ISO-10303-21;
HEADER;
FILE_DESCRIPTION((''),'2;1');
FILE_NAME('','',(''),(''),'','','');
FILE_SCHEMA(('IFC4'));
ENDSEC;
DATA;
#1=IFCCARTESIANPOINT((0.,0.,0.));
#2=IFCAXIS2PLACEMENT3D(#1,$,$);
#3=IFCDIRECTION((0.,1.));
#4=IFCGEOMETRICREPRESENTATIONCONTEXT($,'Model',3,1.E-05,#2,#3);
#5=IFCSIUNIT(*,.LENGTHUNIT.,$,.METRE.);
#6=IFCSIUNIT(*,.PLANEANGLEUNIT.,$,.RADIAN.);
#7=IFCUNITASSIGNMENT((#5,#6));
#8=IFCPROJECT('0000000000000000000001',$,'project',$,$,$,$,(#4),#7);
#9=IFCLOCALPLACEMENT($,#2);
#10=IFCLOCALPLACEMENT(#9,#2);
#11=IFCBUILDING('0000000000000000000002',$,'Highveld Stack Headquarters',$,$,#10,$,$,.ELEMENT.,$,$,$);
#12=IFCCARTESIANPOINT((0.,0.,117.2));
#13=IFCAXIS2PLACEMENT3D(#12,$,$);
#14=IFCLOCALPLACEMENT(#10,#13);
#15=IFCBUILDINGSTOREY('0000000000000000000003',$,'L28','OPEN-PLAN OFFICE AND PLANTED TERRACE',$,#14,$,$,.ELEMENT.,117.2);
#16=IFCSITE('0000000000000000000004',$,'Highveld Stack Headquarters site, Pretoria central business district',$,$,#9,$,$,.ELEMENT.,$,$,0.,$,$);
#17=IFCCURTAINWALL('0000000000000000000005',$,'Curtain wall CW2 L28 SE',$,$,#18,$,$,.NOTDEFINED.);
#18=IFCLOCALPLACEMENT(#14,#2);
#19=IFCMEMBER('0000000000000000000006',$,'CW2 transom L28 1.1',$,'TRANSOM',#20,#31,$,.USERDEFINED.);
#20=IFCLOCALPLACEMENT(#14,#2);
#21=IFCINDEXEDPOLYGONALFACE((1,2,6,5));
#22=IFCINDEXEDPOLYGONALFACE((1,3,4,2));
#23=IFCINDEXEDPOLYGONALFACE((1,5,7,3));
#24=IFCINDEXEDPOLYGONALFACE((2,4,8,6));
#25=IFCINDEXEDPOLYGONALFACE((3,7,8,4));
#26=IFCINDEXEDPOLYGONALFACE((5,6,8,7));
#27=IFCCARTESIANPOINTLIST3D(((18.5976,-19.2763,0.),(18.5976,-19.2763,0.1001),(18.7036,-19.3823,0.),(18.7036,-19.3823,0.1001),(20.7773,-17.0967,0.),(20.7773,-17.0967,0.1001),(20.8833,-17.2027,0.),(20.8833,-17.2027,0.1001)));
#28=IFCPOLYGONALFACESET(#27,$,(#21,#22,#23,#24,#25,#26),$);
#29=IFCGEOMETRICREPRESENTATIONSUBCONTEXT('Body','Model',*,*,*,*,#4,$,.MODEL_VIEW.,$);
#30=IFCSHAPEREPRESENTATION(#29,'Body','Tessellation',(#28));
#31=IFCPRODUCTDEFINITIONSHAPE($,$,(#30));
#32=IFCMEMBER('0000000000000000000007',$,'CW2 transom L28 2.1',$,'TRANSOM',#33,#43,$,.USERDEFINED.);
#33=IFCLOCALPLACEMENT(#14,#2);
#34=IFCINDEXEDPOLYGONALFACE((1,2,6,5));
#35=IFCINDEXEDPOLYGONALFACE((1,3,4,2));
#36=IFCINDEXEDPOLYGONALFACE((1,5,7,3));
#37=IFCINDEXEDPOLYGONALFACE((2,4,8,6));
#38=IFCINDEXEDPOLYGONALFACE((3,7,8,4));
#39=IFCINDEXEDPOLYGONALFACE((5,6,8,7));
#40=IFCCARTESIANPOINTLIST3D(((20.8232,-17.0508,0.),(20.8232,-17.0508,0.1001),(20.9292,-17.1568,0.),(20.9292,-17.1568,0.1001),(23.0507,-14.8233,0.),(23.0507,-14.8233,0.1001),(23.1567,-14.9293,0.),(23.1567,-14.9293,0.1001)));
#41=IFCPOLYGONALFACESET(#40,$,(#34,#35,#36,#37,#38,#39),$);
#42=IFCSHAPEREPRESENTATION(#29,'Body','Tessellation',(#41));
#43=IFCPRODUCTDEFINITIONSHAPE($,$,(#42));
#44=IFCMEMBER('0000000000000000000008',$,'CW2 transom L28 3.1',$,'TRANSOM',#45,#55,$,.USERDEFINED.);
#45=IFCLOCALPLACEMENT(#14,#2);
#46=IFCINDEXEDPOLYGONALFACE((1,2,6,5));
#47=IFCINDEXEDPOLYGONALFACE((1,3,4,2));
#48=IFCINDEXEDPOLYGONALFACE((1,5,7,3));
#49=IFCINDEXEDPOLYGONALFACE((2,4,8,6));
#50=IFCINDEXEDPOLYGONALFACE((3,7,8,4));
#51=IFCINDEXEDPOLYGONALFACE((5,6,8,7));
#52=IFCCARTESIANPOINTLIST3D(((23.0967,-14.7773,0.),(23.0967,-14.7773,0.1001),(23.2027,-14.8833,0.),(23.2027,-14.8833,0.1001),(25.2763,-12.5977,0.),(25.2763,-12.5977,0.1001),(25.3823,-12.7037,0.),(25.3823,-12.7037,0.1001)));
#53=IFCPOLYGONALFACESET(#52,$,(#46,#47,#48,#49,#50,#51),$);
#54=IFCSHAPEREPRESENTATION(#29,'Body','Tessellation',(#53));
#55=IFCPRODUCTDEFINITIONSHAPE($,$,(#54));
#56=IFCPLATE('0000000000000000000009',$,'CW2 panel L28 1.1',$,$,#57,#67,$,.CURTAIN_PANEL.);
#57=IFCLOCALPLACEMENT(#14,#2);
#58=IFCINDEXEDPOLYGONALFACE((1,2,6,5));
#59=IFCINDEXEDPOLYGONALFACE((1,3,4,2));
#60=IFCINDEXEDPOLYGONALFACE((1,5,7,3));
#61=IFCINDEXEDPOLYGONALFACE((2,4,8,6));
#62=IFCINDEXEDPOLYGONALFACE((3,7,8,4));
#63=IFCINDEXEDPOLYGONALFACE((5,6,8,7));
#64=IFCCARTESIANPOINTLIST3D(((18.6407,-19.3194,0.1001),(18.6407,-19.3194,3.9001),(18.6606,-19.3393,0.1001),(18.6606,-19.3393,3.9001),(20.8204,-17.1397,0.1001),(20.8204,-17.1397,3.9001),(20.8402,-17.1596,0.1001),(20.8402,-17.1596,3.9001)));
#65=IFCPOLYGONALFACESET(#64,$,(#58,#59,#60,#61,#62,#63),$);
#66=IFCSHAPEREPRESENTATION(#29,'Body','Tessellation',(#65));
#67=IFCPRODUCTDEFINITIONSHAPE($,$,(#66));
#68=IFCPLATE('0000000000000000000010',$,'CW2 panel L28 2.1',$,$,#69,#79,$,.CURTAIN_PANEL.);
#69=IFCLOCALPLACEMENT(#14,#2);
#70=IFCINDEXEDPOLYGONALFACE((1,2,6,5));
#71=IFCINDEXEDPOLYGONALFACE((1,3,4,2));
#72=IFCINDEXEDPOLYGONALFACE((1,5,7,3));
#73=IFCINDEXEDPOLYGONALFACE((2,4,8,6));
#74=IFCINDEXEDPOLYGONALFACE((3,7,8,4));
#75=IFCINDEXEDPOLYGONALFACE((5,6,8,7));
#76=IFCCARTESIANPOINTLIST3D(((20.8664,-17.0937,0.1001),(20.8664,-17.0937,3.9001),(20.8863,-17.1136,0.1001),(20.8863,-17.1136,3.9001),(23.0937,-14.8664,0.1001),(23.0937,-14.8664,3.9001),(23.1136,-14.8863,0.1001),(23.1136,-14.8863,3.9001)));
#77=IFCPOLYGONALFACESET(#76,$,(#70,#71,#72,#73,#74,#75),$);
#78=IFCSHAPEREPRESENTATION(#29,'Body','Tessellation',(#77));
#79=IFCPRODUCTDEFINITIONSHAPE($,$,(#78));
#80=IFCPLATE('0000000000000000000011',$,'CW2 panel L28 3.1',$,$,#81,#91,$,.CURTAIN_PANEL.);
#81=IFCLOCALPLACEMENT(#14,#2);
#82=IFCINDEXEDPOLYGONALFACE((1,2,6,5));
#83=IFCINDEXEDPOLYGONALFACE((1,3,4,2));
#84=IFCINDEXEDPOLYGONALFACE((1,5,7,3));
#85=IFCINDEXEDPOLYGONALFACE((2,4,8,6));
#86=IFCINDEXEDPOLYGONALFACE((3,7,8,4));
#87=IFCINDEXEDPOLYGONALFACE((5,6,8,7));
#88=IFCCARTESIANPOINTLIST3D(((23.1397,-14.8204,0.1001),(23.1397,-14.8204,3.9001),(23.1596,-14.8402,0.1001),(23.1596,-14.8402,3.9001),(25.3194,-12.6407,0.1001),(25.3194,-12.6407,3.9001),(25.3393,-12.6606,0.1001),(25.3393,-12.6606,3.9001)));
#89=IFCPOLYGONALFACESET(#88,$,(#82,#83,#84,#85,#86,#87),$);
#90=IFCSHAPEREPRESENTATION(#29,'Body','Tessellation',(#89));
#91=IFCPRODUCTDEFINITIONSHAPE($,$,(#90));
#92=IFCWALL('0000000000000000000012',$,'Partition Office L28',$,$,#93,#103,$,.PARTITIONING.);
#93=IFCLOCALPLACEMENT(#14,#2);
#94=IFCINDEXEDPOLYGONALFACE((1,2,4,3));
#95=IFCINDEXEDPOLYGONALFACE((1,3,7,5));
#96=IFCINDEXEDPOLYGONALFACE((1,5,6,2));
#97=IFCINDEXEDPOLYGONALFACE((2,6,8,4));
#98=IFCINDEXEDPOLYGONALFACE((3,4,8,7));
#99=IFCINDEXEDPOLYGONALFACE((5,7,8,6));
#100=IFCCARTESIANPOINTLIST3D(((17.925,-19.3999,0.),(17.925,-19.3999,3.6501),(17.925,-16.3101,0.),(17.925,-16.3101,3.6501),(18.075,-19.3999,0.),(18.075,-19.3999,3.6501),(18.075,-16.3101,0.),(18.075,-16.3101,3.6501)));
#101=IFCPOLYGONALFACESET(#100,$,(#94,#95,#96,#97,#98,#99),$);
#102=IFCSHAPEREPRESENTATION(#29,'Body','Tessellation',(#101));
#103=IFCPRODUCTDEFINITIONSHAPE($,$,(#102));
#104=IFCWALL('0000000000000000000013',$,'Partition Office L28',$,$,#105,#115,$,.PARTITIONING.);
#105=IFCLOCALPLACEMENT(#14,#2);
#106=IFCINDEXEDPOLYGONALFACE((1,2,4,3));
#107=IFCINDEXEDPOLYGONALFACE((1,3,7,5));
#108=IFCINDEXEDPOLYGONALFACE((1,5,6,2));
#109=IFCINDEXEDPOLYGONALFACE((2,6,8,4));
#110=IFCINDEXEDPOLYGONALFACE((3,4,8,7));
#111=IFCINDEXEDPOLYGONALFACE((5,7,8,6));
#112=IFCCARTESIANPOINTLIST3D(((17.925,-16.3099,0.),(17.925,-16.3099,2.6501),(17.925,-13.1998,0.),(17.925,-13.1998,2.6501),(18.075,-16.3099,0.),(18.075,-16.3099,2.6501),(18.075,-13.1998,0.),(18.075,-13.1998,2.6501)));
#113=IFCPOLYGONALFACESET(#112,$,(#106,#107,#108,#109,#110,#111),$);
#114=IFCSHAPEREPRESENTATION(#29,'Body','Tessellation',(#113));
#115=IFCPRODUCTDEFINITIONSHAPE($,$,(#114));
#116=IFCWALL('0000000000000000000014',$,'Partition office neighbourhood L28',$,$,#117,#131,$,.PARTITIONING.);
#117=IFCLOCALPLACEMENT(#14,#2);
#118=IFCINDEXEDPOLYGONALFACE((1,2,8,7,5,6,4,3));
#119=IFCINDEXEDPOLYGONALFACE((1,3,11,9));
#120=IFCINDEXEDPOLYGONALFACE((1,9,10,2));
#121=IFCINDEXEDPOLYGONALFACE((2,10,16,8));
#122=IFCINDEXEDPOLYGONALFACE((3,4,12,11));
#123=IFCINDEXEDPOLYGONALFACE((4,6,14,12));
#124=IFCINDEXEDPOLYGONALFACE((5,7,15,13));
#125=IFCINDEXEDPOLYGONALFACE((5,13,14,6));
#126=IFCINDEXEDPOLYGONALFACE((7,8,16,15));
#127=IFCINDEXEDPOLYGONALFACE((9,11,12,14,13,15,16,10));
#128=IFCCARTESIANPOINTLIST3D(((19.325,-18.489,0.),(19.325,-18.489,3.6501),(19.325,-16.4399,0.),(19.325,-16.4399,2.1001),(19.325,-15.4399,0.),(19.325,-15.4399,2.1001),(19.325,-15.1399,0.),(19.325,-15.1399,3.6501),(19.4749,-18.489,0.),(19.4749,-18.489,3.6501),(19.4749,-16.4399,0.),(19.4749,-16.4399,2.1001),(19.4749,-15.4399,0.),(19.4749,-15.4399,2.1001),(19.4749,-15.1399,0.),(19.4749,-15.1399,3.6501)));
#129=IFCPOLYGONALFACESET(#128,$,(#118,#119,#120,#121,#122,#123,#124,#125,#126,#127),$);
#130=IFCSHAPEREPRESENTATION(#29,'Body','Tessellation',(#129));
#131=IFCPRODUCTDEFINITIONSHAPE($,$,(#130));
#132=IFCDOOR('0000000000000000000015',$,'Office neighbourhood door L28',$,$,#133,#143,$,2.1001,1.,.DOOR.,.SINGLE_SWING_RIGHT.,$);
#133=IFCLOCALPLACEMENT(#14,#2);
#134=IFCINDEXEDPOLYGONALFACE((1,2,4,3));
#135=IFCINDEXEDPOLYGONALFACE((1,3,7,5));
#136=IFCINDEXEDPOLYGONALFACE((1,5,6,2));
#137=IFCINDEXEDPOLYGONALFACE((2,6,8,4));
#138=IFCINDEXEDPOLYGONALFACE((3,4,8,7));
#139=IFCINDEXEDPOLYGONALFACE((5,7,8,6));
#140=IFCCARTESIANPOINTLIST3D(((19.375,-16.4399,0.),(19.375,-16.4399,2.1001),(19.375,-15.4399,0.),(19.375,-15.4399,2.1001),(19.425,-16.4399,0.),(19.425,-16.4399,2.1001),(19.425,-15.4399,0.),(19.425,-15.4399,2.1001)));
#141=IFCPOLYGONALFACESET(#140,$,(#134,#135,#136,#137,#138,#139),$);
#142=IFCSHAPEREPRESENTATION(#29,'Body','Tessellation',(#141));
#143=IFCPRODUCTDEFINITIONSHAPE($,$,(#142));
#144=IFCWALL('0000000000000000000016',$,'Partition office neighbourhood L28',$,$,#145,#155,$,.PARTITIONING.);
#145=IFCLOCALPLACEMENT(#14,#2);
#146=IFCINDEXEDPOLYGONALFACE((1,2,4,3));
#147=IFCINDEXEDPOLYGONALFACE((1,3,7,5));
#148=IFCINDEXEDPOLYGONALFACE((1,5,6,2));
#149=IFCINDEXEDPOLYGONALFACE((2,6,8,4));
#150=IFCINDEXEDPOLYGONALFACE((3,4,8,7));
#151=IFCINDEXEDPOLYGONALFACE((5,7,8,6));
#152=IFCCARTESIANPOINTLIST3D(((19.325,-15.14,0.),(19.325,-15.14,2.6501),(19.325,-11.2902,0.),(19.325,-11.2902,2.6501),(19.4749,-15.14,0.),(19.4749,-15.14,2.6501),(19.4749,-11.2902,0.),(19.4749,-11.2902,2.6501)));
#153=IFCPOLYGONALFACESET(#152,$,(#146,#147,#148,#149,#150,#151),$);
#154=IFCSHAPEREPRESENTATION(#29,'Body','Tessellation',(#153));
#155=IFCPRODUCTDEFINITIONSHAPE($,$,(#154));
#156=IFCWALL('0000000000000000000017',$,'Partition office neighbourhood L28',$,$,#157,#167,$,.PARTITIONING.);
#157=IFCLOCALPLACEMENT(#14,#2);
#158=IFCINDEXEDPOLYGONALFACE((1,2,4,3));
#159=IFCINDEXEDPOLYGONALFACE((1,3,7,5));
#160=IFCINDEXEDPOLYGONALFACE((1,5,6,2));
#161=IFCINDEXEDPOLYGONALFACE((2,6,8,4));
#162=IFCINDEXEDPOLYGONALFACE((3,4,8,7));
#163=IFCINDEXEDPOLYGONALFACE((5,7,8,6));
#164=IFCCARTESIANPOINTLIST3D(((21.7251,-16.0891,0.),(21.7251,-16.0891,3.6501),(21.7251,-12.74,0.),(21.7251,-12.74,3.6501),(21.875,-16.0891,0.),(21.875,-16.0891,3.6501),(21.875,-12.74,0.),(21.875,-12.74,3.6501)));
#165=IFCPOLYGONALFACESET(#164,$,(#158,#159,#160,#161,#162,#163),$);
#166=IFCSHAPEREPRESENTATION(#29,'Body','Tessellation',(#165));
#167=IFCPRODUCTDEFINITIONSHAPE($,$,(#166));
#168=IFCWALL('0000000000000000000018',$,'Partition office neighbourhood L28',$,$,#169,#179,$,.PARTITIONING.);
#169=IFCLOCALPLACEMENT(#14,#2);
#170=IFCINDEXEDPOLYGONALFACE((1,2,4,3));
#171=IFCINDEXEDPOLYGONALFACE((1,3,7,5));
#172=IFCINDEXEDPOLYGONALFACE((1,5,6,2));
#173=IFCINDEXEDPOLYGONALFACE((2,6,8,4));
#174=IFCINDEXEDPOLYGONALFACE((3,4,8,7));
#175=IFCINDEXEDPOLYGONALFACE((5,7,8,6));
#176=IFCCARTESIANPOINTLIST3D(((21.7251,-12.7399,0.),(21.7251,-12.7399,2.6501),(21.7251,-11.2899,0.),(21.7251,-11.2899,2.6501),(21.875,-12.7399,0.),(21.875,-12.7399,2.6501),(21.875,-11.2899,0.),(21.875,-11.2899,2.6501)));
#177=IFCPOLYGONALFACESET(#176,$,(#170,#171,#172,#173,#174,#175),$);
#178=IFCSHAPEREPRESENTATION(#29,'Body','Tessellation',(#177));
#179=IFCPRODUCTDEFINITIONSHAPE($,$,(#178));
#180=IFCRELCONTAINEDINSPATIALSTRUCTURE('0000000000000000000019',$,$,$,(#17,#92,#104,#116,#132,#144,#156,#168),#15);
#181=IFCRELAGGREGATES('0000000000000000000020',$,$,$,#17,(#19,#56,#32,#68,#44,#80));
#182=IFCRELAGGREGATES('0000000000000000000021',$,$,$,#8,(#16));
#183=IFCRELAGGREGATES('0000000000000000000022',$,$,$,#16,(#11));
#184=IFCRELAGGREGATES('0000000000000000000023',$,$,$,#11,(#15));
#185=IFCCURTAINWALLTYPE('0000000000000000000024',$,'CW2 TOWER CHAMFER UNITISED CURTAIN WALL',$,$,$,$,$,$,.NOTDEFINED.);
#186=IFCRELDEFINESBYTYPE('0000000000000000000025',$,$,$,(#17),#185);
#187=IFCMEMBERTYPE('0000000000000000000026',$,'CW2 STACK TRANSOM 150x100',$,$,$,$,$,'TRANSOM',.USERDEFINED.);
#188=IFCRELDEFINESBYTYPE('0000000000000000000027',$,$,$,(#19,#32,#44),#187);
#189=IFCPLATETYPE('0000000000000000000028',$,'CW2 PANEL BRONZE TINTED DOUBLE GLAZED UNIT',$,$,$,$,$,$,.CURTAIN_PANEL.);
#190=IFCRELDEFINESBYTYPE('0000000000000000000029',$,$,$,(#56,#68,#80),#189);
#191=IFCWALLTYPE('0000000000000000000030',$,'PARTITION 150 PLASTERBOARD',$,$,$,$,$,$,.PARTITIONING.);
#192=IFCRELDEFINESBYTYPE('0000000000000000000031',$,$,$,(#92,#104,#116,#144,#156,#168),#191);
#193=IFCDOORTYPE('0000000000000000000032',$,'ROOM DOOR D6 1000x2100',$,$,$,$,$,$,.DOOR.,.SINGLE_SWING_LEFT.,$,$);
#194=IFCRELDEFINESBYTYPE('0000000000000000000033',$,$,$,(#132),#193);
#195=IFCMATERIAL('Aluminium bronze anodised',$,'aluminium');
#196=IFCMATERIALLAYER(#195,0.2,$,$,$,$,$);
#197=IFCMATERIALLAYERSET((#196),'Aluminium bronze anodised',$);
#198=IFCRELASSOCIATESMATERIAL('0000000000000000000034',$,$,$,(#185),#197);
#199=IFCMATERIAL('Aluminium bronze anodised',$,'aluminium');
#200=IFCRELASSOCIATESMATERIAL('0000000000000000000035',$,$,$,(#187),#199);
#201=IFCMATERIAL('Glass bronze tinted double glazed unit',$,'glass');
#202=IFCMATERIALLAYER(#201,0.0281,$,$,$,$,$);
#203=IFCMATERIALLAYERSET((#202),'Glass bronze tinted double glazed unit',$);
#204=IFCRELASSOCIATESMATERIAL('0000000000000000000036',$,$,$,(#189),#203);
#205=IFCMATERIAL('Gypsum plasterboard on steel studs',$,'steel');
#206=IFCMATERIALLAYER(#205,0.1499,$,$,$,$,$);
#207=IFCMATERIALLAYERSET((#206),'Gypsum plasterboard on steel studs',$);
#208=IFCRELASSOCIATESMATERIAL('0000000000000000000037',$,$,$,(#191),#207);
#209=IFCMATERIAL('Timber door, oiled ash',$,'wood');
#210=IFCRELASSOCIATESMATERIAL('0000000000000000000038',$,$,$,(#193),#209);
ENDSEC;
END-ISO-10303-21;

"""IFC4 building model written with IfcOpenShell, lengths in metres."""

from ifc_helpers import new_model, si_unit, direction, frame, frame_2d, origin, origin_2d, place, context, subcontext, project, spatial, rectangle, extrude, material, layer, layer_set, material_profile, profile_set, type_object, element, fill, aggregate, save


model = new_model("IFC4")

# Units and contexts
model_context = context("Model", 3, precision=1e-05, world=origin(), true_north=direction((0.0, 1.0)))
body_context = subcontext(model_context, "Body", "Model", "MODEL_VIEW")
ifc_project = project(units=[si_unit("LENGTHUNIT", "METRE"), si_unit("PLANEANGLEUNIT", "RADIAN")], contexts=[model_context])

# Site, building, storey
site_placement = place(None, origin())
site = spatial("IfcSite", under=ifc_project, at=site_placement, Name="Highveld Stack Headquarters site, Pretoria central business district", CompositionType="ELEMENT", RefElevation=0.0)
building_placement = place(site_placement, origin())
building = spatial("IfcBuilding", under=site, at=building_placement, Name="Highveld Stack Headquarters", CompositionType="ELEMENT")
storey_placement = place(building_placement, frame((0.0, 0.0, 117.2)))
storey = spatial("IfcBuildingStorey", under=building, at=storey_placement, Name="L28", Description="OPEN-PLAN OFFICE AND PLANTED TERRACE", CompositionType="ELEMENT", Elevation=117.2)

# Curtain wall, members, plates
ifc_material_1 = material(Name="Aluminium bronze anodised", Category="aluminium")
ifc_layer_1 = layer(ifc_material_1, 0.2)
ifc_layer_set_1 = layer_set([ifc_layer_1], Name="Aluminium bronze anodised")
curtain_wall_type_1 = type_object("IfcCurtainWallType", Name="CW2 TOWER CHAMFER UNITISED CURTAIN WALL", PredefinedType="NOTDEFINED", material=ifc_layer_set_1)
curtain_wall_1_placement = place(storey_placement, origin())
curtain_wall_1 = element("IfcCurtainWall", 1, at=curtain_wall_1_placement, inside=storey, type_object=curtain_wall_type_1, Name="Curtain wall CW2 L28 SE", PredefinedType="NOTDEFINED")
ifc_material_2 = material(Name="Aluminium bronze anodised", Category="aluminium")
ifc_material_profile_1 = material_profile(ifc_material_2, rectangle(XDim=0.1499, YDim=0.1001, at=origin_2d()), Name="CW2 TRANSOM 150x100")
ifc_profile_set_1 = profile_set([ifc_material_profile_1], Name="Aluminium bronze anodised")
member_type_1 = type_object("IfcMemberType", Name="CW2 STACK TRANSOM 150x100", ElementType="TRANSOM", PredefinedType="USERDEFINED", material=ifc_profile_set_1)
member_1_placement = place(storey_placement, frame((18.6506, -19.3293, 0.05), z_axis=(0.707107, 0.707107, 0.0), x_axis=(-0.707107, 0.707107, 0.0)))
member_1 = element("IfcMember", 2, at=member_1_placement, type_object=member_type_1, Name="CW2 transom L28 1.1", ObjectType="TRANSOM", PredefinedType="USERDEFINED", context=body_context, shape_type="SweptSolid", body=[
    extrude(rectangle(XDim=0.1499, YDim=0.1001, at=origin_2d()), origin(), (0.0, 0.0, 1.0), 3.0825),
])
member_2_placement = place(storey_placement, frame((20.8762, -17.1038, 0.05), z_axis=(0.707107, 0.707107, 0.0), x_axis=(-0.707107, 0.707107, 0.0)))
member_2 = element("IfcMember", 3, at=member_2_placement, type_object=member_type_1, Name="CW2 transom L28 2.1", ObjectType="TRANSOM", PredefinedType="USERDEFINED", context=body_context, shape_type="SweptSolid", body=[
    extrude(rectangle(XDim=0.1499, YDim=0.1001, at=origin_2d()), origin(), (0.0, 0.0, 1.0), 3.1501),
])
member_3_placement = place(storey_placement, frame((23.1497, -14.8303, 0.05), z_axis=(0.707107, 0.707107, 0.0), x_axis=(-0.707107, 0.707107, 0.0)))
member_3 = element("IfcMember", 4, at=member_3_placement, type_object=member_type_1, Name="CW2 transom L28 3.1", ObjectType="TRANSOM", PredefinedType="USERDEFINED", context=body_context, shape_type="SweptSolid", body=[
    extrude(rectangle(XDim=0.1499, YDim=0.1001, at=origin_2d()), origin(), (0.0, 0.0, 1.0), 3.0825),
])
ifc_material_3 = material(Name="Glass bronze tinted double glazed unit", Category="glass")
ifc_layer_2 = layer(ifc_material_3, 0.0281)
ifc_layer_set_2 = layer_set([ifc_layer_2], Name="Glass bronze tinted double glazed unit")
plate_type = type_object("IfcPlateType", Name="CW2 PANEL BRONZE TINTED DOUBLE GLAZED UNIT", PredefinedType="CURTAIN_PANEL", material=ifc_layer_set_2)
plate_1_placement = place(storey_placement, frame((19.7405, -18.2395, 0.1001), z_axis=(0.0, 0.0, 1.0), x_axis=(0.707107, 0.707107, 0.0)))
plate_1 = element("IfcPlate", 5, at=plate_1_placement, type_object=plate_type, Name="CW2 panel L28 1.1", PredefinedType="CURTAIN_PANEL", context=body_context, shape_type="SweptSolid", body=[
    extrude(rectangle(XDim=3.0825, YDim=0.0281, at=origin_2d()), origin(), (0.0, 0.0, 1.0), 3.8),
])
plate_2_placement = place(storey_placement, frame((21.99, -15.99, 0.1001), z_axis=(0.0, 0.0, 1.0), x_axis=(0.707107, 0.707107, 0.0)))
plate_2 = element("IfcPlate", 6, at=plate_2_placement, type_object=plate_type, Name="CW2 panel L28 2.1", PredefinedType="CURTAIN_PANEL", context=body_context, shape_type="SweptSolid", body=[
    extrude(rectangle(XDim=3.1499, YDim=0.0281, at=origin_2d()), origin(), (0.0, 0.0, 1.0), 3.8),
])
plate_3_placement = place(storey_placement, frame((24.2395, -13.7405, 0.1001), z_axis=(0.0, 0.0, 1.0), x_axis=(0.707107, 0.707107, 0.0)))
plate_3 = element("IfcPlate", 7, at=plate_3_placement, type_object=plate_type, Name="CW2 panel L28 3.1", PredefinedType="CURTAIN_PANEL", context=body_context, shape_type="SweptSolid", body=[
    extrude(rectangle(XDim=3.0825, YDim=0.0281, at=origin_2d()), origin(), (0.0, 0.0, 1.0), 3.8),
])
aggregate(curtain_wall_1, [member_1, plate_1, member_2, plate_2, member_3, plate_3])

# Walls
ifc_material_4 = material(Name="Gypsum plasterboard on steel studs", Category="steel")
ifc_layer_3 = layer(ifc_material_4, 0.1499)
ifc_layer_set_3 = layer_set([ifc_layer_3], Name="Gypsum plasterboard on steel studs")
wall_type = type_object("IfcWallType", Name="PARTITION 150 PLASTERBOARD", PredefinedType="PARTITIONING", material=ifc_layer_set_3)
wall_1_placement = place(storey_placement, frame((18.0, -19.3999, 0.0), z_axis=(0.0, 0.0, 1.0), x_axis=(0.0, 1.0, 0.0)))
element("IfcWall", 8, at=wall_1_placement, inside=storey, type_object=wall_type, Name="Partition Office L28", PredefinedType="PARTITIONING", context=body_context, shape_type="SweptSolid", body=[
    extrude(rectangle(XDim=3.0898, YDim=0.1499, at=frame_2d((1.5449, 0.0))), origin(), (0.0, 0.0, 1.0), 3.6501),
])
wall_2_placement = place(storey_placement, frame((18.0, -16.3101, 0.0), z_axis=(0.0, 0.0, 1.0), x_axis=(0.0, 1.0, 0.0)))
element("IfcWall", 9, at=wall_2_placement, inside=storey, type_object=wall_type, Name="Partition Office L28", PredefinedType="PARTITIONING", context=body_context, shape_type="SweptSolid", body=[
    extrude(rectangle(XDim=3.1101, YDim=0.1499, at=frame_2d((1.5552, 0.0))), origin(), (0.0, 0.0, 1.0), 2.6501),
])

# Wall, opening, door
wall_3_placement = place(storey_placement, frame((19.3999, -18.489, 0.0), z_axis=(0.0, 0.0, 1.0), x_axis=(0.0, 1.0, 0.0)))
wall_3 = element("IfcWall", 10, at=wall_3_placement, inside=storey, type_object=wall_type, Name="Partition office neighbourhood L28", PredefinedType="PARTITIONING", context=body_context, shape_type="SweptSolid", body=[
    extrude(rectangle(XDim=3.3491, YDim=0.1499, at=frame_2d((1.6746, 0.0))), origin(), (0.0, 0.0, 1.0), 3.6501),
])
opening_placement = place(wall_3_placement, frame((2.0491, 0.0, 0.0)))
opening = element("IfcOpeningElement", 11, at=opening_placement, cuts=wall_3, PredefinedType="OPENING", context=body_context, shape_type="SweptSolid", body=[
    extrude(rectangle(XDim=1.0, YDim=2.1001, at=frame_2d((0.5, 1.05))), frame((0.0, 0.085, 0.0), z_axis=(0.0, -1.0, 0.0), x_axis=(1.0, 0.0, 0.0)), (0.0, 0.0, 1.0), 0.1699),
])
ifc_material_5 = material(Name="Timber door, oiled ash", Category="wood")
door_type = type_object("IfcDoorType", Name="ROOM DOOR D6 1000x2100", OperationType="SINGLE_SWING_LEFT", PredefinedType="DOOR", material=ifc_material_5)
door_placement = place(opening_placement, origin())
door = element("IfcDoor", 12, at=door_placement, inside=storey, type_object=door_type, Name="Office neighbourhood door L28", OperationType="SINGLE_SWING_RIGHT", OverallHeight=2.1001, OverallWidth=1.0, PredefinedType="DOOR", context=body_context, shape_type="SweptSolid", body=[
    extrude(rectangle(XDim=1.0, YDim=2.1001, at=frame_2d((0.5, 1.05))), frame((0.0, 0.0249, 0.0), z_axis=(0.0, -1.0, 0.0), x_axis=(1.0, 0.0, 0.0)), (0.0, 0.0, 1.0), 0.05),
])
fill(opening, door)

# Walls
wall_4_placement = place(storey_placement, frame((19.3999, -15.1399, 0.0), z_axis=(0.0, 0.0, 1.0), x_axis=(0.0, 1.0, 0.0)))
element("IfcWall", 13, at=wall_4_placement, inside=storey, type_object=wall_type, Name="Partition office neighbourhood L28", PredefinedType="PARTITIONING", context=body_context, shape_type="SweptSolid", body=[
    extrude(rectangle(XDim=3.8499, YDim=0.1499, at=frame_2d((1.9248, 0.0))), origin(), (0.0, 0.0, 1.0), 2.6501),
])
wall_5_placement = place(storey_placement, frame((21.8, -16.0891, 0.0), z_axis=(0.0, 0.0, 1.0), x_axis=(0.0, 1.0, 0.0)))
element("IfcWall", 14, at=wall_5_placement, inside=storey, type_object=wall_type, Name="Partition office neighbourhood L28", PredefinedType="PARTITIONING", context=body_context, shape_type="SweptSolid", body=[
    extrude(rectangle(XDim=3.3491, YDim=0.1499, at=frame_2d((1.6746, 0.0))), origin(), (0.0, 0.0, 1.0), 3.6501),
])
wall_6_placement = place(storey_placement, frame((21.8, -12.74, 0.0), z_axis=(0.0, 0.0, 1.0), x_axis=(0.0, 1.0, 0.0)))
element("IfcWall", 15, at=wall_6_placement, inside=storey, type_object=wall_type, Name="Partition office neighbourhood L28", PredefinedType="PARTITIONING", context=body_context, shape_type="SweptSolid", body=[
    extrude(rectangle(XDim=1.45, YDim=0.1499, at=frame_2d((0.7251, 0.0))), origin(), (0.0, 0.0, 1.0), 2.6501),
])

save(model, "model.ifc")
